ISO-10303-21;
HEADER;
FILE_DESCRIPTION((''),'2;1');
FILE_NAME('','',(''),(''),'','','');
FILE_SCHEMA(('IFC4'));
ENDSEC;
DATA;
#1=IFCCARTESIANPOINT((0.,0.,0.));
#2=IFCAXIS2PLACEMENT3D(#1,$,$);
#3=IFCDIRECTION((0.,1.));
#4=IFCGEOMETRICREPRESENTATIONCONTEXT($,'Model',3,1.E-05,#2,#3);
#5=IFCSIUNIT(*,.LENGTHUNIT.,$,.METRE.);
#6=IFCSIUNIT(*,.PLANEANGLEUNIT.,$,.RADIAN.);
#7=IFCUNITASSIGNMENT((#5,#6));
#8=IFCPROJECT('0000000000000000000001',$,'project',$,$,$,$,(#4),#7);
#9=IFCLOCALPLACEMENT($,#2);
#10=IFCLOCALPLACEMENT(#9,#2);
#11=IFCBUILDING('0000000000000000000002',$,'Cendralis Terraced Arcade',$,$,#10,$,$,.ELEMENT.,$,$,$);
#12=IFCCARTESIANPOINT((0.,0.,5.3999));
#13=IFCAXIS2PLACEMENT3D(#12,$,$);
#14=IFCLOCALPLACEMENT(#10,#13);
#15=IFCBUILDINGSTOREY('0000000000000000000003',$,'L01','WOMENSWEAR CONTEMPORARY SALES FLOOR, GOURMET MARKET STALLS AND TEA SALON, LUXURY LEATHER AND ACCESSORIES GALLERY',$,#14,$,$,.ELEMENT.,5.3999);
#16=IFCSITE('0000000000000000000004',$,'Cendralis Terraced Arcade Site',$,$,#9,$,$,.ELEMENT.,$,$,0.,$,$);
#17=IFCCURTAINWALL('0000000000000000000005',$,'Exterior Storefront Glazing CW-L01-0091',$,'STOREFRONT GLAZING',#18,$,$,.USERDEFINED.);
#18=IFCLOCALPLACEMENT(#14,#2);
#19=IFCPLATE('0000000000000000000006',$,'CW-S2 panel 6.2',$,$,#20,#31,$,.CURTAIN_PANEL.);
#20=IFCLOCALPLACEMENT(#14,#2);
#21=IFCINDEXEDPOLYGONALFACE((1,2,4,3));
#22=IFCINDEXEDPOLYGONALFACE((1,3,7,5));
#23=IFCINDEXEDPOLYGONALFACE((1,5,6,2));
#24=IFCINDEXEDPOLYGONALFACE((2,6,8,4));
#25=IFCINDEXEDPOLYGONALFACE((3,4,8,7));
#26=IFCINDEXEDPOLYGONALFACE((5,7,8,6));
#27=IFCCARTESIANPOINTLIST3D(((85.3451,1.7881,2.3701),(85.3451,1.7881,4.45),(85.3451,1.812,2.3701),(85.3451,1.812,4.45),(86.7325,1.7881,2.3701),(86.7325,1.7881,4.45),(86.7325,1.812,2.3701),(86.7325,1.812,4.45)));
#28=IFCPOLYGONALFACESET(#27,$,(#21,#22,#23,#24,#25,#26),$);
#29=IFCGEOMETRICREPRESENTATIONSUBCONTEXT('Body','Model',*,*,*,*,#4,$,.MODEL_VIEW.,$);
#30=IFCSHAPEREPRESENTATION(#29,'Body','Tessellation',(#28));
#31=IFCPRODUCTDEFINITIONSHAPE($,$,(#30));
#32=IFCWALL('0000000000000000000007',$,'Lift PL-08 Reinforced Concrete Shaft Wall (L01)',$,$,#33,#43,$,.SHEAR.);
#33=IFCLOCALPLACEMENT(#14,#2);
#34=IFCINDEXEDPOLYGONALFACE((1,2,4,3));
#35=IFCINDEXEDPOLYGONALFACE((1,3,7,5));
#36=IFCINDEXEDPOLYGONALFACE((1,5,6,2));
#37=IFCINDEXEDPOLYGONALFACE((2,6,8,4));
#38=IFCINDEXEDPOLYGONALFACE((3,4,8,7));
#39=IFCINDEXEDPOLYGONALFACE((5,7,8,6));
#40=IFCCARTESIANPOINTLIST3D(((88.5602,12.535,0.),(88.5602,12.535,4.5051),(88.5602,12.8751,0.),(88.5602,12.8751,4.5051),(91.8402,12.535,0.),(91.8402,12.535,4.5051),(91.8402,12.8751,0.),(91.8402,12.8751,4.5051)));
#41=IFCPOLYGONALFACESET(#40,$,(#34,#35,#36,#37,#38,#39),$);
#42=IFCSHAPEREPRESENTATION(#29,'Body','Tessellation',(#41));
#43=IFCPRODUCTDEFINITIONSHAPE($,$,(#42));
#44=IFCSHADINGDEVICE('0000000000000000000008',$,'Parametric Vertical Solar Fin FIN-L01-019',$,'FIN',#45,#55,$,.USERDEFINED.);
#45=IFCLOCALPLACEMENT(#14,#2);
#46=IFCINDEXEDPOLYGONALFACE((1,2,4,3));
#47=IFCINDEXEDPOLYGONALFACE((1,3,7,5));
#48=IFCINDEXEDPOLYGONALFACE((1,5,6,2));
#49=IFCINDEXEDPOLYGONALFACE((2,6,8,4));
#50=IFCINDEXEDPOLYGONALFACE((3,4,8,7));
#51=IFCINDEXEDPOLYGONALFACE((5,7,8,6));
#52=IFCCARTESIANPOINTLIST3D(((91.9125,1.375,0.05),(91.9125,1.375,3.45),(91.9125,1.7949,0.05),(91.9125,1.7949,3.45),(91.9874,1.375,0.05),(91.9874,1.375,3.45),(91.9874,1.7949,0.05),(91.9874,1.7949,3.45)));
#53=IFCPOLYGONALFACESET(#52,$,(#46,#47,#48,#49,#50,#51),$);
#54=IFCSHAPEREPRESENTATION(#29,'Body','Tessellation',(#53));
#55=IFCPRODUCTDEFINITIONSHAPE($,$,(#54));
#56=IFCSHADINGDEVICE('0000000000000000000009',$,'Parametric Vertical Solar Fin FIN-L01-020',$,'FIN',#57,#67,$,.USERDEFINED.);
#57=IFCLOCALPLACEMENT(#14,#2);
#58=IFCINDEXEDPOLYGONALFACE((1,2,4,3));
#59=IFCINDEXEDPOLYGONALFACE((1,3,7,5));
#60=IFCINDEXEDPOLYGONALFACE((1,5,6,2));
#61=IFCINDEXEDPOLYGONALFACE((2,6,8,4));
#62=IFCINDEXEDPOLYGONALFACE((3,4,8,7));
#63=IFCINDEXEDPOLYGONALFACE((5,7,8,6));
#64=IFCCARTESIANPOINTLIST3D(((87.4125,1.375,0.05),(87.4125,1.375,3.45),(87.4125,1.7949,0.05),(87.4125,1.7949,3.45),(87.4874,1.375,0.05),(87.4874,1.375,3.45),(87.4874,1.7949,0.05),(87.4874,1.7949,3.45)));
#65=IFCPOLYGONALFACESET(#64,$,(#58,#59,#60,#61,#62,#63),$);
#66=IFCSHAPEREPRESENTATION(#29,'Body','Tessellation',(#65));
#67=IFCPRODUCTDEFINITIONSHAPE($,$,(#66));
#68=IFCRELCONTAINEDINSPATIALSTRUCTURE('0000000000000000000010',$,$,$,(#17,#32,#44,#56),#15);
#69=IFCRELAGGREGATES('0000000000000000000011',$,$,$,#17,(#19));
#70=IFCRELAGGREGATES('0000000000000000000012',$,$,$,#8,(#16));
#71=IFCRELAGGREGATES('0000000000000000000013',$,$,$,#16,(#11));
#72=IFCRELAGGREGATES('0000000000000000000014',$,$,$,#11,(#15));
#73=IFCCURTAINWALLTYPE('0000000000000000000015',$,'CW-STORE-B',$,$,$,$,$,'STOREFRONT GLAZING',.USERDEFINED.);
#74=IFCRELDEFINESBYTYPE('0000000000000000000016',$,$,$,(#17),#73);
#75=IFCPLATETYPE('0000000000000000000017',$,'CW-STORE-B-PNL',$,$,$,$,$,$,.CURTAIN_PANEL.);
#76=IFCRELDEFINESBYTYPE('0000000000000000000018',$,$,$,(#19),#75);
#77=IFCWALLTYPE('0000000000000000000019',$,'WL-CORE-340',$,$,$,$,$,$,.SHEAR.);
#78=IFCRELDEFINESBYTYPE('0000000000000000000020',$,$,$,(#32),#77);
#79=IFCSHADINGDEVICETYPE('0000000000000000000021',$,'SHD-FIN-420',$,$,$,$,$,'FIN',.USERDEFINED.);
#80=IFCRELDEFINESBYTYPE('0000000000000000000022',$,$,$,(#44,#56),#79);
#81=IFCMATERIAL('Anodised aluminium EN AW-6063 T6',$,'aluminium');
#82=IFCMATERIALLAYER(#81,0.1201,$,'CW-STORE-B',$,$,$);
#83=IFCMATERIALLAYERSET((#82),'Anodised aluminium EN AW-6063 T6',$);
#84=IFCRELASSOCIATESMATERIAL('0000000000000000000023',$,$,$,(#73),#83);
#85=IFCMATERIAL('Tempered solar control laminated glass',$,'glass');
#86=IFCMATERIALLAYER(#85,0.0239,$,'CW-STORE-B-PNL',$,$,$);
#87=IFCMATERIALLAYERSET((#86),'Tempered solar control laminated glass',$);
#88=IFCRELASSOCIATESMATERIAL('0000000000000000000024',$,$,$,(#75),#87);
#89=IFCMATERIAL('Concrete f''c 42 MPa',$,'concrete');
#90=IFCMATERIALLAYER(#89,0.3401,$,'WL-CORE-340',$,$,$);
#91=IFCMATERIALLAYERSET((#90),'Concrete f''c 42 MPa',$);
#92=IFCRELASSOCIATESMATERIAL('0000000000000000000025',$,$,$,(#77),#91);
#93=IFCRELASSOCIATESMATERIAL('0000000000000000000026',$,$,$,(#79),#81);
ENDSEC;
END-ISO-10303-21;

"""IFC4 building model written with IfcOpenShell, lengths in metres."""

from ifc_helpers import new_model, si_unit, direction, frame, frame_2d, origin, origin_2d, place, context, subcontext, project, spatial, rectangle, extrude, material, layer, layer_set, type_object, element, aggregate, save


model = new_model("IFC4")

# Units and contexts
model_context = context("Model", 3, precision=1e-05, world=origin(), true_north=direction((0.0, 1.0)))
body_context = subcontext(model_context, "Body", "Model", "MODEL_VIEW")
ifc_project = project(units=[si_unit("LENGTHUNIT", "METRE"), si_unit("PLANEANGLEUNIT", "RADIAN")], contexts=[model_context])

# Site, building, storey
site_placement = place(None, origin())
site = spatial("IfcSite", under=ifc_project, at=site_placement, Name="Cendralis Terraced Arcade Site", CompositionType="ELEMENT", RefElevation=0.0)
building_placement = place(site_placement, origin())
building = spatial("IfcBuilding", under=site, at=building_placement, Name="Cendralis Terraced Arcade", CompositionType="ELEMENT")
storey_placement = place(building_placement, frame((0.0, 0.0, 5.3999)))
storey = spatial("IfcBuildingStorey", under=building, at=storey_placement, Name="L01", Description="WOMENSWEAR CONTEMPORARY SALES FLOOR, GOURMET MARKET STALLS AND TEA SALON, LUXURY LEATHER AND ACCESSORIES GALLERY", CompositionType="ELEMENT", Elevation=5.3999)

# Curtain wall, plate
ifc_material_1 = material(Name="Anodised aluminium EN AW-6063 T6", Category="aluminium")
ifc_layer_1 = layer(ifc_material_1, 0.1201, Name="CW-STORE-B")
ifc_layer_set_1 = layer_set([ifc_layer_1], Name="Anodised aluminium EN AW-6063 T6")
curtain_wall_type = type_object("IfcCurtainWallType", Name="CW-STORE-B", ElementType="STOREFRONT GLAZING", PredefinedType="USERDEFINED", material=ifc_layer_set_1)
curtain_wall_placement = place(storey_placement, origin())
curtain_wall = element("IfcCurtainWall", 1, at=curtain_wall_placement, inside=storey, type_object=curtain_wall_type, Name="Exterior Storefront Glazing CW-L01-0091", ObjectType="STOREFRONT GLAZING", PredefinedType="USERDEFINED")
ifc_material_2 = material(Name="Tempered solar control laminated glass", Category="glass")
ifc_layer_2 = layer(ifc_material_2, 0.0239, Name="CW-STORE-B-PNL")
ifc_layer_set_2 = layer_set([ifc_layer_2], Name="Tempered solar control laminated glass")
plate_type = type_object("IfcPlateType", Name="CW-STORE-B-PNL", PredefinedType="CURTAIN_PANEL", material=ifc_layer_set_2)
plate_1_placement = place(storey_placement, frame((86.0388, 1.8, 2.3701), z_axis=(0.0, 0.0, 1.0), x_axis=(-1.0, 0.0, 0.0)))
plate_1 = element("IfcPlate", 2, at=plate_1_placement, type_object=plate_type, Name="CW-S2 panel 6.2", PredefinedType="CURTAIN_PANEL", context=body_context, shape_type="SweptSolid", body=[
    extrude(rectangle(XDim=1.3875, YDim=0.0239, at=origin_2d()), origin(), (0.0, 0.0, 1.0), 2.0798),
])
aggregate(curtain_wall, [plate_1])

# Wall
ifc_material_3 = material(Name="Concrete f'c 42 MPa", Category="concrete")
ifc_layer_3 = layer(ifc_material_3, 0.3401, Name="WL-CORE-340")
ifc_layer_set_3 = layer_set([ifc_layer_3], Name="Concrete f'c 42 MPa")
wall_type = type_object("IfcWallType", Name="WL-CORE-340", PredefinedType="SHEAR", material=ifc_layer_set_3)
wall_placement = place(storey_placement, frame((88.5601, 12.7051, 0.0), z_axis=(0.0, 0.0, 1.0), x_axis=(1.0, 0.0, 0.0)))
element("IfcWall", 3, at=wall_placement, inside=storey, type_object=wall_type, Name="Lift PL-08 Reinforced Concrete Shaft Wall (L01)", PredefinedType="SHEAR", context=body_context, shape_type="SweptSolid", body=[
    extrude(rectangle(XDim=3.28, YDim=0.3401, at=frame_2d((1.6401, 0.0))), origin(), (0.0, 0.0, 1.0), 4.5051),
])

# Shading devices
shading_device_type = type_object("IfcShadingDeviceType", Name="SHD-FIN-420", ElementType="FIN", PredefinedType="USERDEFINED", material=ifc_material_1)
for number, where, z_axis, x_axis, name in (
    (4, (91.95, 1.585, 0.05), (0.0, 0.0, 1.0), (-1.0, 0.0, 0.0), "Parametric Vertical Solar Fin FIN-L01-019"),
    (5, (87.45, 1.585, 0.05), (0.0, 0.0, 1.0), (-1.0, 0.0, 0.0), "Parametric Vertical Solar Fin FIN-L01-020"),
):
    element("IfcShadingDevice", number, at=place(storey_placement, frame(where, z_axis=z_axis, x_axis=x_axis)), inside=storey, type_object=shading_device_type, Name=name, ObjectType="FIN", PredefinedType="USERDEFINED", context=body_context, shape_type="SweptSolid", body=[
        extrude(rectangle(XDim=0.075, YDim=0.4199, at=origin_2d()), origin(), (0.0, 0.0, 1.0), 3.3999),
    ])

save(model, "model.ifc")
